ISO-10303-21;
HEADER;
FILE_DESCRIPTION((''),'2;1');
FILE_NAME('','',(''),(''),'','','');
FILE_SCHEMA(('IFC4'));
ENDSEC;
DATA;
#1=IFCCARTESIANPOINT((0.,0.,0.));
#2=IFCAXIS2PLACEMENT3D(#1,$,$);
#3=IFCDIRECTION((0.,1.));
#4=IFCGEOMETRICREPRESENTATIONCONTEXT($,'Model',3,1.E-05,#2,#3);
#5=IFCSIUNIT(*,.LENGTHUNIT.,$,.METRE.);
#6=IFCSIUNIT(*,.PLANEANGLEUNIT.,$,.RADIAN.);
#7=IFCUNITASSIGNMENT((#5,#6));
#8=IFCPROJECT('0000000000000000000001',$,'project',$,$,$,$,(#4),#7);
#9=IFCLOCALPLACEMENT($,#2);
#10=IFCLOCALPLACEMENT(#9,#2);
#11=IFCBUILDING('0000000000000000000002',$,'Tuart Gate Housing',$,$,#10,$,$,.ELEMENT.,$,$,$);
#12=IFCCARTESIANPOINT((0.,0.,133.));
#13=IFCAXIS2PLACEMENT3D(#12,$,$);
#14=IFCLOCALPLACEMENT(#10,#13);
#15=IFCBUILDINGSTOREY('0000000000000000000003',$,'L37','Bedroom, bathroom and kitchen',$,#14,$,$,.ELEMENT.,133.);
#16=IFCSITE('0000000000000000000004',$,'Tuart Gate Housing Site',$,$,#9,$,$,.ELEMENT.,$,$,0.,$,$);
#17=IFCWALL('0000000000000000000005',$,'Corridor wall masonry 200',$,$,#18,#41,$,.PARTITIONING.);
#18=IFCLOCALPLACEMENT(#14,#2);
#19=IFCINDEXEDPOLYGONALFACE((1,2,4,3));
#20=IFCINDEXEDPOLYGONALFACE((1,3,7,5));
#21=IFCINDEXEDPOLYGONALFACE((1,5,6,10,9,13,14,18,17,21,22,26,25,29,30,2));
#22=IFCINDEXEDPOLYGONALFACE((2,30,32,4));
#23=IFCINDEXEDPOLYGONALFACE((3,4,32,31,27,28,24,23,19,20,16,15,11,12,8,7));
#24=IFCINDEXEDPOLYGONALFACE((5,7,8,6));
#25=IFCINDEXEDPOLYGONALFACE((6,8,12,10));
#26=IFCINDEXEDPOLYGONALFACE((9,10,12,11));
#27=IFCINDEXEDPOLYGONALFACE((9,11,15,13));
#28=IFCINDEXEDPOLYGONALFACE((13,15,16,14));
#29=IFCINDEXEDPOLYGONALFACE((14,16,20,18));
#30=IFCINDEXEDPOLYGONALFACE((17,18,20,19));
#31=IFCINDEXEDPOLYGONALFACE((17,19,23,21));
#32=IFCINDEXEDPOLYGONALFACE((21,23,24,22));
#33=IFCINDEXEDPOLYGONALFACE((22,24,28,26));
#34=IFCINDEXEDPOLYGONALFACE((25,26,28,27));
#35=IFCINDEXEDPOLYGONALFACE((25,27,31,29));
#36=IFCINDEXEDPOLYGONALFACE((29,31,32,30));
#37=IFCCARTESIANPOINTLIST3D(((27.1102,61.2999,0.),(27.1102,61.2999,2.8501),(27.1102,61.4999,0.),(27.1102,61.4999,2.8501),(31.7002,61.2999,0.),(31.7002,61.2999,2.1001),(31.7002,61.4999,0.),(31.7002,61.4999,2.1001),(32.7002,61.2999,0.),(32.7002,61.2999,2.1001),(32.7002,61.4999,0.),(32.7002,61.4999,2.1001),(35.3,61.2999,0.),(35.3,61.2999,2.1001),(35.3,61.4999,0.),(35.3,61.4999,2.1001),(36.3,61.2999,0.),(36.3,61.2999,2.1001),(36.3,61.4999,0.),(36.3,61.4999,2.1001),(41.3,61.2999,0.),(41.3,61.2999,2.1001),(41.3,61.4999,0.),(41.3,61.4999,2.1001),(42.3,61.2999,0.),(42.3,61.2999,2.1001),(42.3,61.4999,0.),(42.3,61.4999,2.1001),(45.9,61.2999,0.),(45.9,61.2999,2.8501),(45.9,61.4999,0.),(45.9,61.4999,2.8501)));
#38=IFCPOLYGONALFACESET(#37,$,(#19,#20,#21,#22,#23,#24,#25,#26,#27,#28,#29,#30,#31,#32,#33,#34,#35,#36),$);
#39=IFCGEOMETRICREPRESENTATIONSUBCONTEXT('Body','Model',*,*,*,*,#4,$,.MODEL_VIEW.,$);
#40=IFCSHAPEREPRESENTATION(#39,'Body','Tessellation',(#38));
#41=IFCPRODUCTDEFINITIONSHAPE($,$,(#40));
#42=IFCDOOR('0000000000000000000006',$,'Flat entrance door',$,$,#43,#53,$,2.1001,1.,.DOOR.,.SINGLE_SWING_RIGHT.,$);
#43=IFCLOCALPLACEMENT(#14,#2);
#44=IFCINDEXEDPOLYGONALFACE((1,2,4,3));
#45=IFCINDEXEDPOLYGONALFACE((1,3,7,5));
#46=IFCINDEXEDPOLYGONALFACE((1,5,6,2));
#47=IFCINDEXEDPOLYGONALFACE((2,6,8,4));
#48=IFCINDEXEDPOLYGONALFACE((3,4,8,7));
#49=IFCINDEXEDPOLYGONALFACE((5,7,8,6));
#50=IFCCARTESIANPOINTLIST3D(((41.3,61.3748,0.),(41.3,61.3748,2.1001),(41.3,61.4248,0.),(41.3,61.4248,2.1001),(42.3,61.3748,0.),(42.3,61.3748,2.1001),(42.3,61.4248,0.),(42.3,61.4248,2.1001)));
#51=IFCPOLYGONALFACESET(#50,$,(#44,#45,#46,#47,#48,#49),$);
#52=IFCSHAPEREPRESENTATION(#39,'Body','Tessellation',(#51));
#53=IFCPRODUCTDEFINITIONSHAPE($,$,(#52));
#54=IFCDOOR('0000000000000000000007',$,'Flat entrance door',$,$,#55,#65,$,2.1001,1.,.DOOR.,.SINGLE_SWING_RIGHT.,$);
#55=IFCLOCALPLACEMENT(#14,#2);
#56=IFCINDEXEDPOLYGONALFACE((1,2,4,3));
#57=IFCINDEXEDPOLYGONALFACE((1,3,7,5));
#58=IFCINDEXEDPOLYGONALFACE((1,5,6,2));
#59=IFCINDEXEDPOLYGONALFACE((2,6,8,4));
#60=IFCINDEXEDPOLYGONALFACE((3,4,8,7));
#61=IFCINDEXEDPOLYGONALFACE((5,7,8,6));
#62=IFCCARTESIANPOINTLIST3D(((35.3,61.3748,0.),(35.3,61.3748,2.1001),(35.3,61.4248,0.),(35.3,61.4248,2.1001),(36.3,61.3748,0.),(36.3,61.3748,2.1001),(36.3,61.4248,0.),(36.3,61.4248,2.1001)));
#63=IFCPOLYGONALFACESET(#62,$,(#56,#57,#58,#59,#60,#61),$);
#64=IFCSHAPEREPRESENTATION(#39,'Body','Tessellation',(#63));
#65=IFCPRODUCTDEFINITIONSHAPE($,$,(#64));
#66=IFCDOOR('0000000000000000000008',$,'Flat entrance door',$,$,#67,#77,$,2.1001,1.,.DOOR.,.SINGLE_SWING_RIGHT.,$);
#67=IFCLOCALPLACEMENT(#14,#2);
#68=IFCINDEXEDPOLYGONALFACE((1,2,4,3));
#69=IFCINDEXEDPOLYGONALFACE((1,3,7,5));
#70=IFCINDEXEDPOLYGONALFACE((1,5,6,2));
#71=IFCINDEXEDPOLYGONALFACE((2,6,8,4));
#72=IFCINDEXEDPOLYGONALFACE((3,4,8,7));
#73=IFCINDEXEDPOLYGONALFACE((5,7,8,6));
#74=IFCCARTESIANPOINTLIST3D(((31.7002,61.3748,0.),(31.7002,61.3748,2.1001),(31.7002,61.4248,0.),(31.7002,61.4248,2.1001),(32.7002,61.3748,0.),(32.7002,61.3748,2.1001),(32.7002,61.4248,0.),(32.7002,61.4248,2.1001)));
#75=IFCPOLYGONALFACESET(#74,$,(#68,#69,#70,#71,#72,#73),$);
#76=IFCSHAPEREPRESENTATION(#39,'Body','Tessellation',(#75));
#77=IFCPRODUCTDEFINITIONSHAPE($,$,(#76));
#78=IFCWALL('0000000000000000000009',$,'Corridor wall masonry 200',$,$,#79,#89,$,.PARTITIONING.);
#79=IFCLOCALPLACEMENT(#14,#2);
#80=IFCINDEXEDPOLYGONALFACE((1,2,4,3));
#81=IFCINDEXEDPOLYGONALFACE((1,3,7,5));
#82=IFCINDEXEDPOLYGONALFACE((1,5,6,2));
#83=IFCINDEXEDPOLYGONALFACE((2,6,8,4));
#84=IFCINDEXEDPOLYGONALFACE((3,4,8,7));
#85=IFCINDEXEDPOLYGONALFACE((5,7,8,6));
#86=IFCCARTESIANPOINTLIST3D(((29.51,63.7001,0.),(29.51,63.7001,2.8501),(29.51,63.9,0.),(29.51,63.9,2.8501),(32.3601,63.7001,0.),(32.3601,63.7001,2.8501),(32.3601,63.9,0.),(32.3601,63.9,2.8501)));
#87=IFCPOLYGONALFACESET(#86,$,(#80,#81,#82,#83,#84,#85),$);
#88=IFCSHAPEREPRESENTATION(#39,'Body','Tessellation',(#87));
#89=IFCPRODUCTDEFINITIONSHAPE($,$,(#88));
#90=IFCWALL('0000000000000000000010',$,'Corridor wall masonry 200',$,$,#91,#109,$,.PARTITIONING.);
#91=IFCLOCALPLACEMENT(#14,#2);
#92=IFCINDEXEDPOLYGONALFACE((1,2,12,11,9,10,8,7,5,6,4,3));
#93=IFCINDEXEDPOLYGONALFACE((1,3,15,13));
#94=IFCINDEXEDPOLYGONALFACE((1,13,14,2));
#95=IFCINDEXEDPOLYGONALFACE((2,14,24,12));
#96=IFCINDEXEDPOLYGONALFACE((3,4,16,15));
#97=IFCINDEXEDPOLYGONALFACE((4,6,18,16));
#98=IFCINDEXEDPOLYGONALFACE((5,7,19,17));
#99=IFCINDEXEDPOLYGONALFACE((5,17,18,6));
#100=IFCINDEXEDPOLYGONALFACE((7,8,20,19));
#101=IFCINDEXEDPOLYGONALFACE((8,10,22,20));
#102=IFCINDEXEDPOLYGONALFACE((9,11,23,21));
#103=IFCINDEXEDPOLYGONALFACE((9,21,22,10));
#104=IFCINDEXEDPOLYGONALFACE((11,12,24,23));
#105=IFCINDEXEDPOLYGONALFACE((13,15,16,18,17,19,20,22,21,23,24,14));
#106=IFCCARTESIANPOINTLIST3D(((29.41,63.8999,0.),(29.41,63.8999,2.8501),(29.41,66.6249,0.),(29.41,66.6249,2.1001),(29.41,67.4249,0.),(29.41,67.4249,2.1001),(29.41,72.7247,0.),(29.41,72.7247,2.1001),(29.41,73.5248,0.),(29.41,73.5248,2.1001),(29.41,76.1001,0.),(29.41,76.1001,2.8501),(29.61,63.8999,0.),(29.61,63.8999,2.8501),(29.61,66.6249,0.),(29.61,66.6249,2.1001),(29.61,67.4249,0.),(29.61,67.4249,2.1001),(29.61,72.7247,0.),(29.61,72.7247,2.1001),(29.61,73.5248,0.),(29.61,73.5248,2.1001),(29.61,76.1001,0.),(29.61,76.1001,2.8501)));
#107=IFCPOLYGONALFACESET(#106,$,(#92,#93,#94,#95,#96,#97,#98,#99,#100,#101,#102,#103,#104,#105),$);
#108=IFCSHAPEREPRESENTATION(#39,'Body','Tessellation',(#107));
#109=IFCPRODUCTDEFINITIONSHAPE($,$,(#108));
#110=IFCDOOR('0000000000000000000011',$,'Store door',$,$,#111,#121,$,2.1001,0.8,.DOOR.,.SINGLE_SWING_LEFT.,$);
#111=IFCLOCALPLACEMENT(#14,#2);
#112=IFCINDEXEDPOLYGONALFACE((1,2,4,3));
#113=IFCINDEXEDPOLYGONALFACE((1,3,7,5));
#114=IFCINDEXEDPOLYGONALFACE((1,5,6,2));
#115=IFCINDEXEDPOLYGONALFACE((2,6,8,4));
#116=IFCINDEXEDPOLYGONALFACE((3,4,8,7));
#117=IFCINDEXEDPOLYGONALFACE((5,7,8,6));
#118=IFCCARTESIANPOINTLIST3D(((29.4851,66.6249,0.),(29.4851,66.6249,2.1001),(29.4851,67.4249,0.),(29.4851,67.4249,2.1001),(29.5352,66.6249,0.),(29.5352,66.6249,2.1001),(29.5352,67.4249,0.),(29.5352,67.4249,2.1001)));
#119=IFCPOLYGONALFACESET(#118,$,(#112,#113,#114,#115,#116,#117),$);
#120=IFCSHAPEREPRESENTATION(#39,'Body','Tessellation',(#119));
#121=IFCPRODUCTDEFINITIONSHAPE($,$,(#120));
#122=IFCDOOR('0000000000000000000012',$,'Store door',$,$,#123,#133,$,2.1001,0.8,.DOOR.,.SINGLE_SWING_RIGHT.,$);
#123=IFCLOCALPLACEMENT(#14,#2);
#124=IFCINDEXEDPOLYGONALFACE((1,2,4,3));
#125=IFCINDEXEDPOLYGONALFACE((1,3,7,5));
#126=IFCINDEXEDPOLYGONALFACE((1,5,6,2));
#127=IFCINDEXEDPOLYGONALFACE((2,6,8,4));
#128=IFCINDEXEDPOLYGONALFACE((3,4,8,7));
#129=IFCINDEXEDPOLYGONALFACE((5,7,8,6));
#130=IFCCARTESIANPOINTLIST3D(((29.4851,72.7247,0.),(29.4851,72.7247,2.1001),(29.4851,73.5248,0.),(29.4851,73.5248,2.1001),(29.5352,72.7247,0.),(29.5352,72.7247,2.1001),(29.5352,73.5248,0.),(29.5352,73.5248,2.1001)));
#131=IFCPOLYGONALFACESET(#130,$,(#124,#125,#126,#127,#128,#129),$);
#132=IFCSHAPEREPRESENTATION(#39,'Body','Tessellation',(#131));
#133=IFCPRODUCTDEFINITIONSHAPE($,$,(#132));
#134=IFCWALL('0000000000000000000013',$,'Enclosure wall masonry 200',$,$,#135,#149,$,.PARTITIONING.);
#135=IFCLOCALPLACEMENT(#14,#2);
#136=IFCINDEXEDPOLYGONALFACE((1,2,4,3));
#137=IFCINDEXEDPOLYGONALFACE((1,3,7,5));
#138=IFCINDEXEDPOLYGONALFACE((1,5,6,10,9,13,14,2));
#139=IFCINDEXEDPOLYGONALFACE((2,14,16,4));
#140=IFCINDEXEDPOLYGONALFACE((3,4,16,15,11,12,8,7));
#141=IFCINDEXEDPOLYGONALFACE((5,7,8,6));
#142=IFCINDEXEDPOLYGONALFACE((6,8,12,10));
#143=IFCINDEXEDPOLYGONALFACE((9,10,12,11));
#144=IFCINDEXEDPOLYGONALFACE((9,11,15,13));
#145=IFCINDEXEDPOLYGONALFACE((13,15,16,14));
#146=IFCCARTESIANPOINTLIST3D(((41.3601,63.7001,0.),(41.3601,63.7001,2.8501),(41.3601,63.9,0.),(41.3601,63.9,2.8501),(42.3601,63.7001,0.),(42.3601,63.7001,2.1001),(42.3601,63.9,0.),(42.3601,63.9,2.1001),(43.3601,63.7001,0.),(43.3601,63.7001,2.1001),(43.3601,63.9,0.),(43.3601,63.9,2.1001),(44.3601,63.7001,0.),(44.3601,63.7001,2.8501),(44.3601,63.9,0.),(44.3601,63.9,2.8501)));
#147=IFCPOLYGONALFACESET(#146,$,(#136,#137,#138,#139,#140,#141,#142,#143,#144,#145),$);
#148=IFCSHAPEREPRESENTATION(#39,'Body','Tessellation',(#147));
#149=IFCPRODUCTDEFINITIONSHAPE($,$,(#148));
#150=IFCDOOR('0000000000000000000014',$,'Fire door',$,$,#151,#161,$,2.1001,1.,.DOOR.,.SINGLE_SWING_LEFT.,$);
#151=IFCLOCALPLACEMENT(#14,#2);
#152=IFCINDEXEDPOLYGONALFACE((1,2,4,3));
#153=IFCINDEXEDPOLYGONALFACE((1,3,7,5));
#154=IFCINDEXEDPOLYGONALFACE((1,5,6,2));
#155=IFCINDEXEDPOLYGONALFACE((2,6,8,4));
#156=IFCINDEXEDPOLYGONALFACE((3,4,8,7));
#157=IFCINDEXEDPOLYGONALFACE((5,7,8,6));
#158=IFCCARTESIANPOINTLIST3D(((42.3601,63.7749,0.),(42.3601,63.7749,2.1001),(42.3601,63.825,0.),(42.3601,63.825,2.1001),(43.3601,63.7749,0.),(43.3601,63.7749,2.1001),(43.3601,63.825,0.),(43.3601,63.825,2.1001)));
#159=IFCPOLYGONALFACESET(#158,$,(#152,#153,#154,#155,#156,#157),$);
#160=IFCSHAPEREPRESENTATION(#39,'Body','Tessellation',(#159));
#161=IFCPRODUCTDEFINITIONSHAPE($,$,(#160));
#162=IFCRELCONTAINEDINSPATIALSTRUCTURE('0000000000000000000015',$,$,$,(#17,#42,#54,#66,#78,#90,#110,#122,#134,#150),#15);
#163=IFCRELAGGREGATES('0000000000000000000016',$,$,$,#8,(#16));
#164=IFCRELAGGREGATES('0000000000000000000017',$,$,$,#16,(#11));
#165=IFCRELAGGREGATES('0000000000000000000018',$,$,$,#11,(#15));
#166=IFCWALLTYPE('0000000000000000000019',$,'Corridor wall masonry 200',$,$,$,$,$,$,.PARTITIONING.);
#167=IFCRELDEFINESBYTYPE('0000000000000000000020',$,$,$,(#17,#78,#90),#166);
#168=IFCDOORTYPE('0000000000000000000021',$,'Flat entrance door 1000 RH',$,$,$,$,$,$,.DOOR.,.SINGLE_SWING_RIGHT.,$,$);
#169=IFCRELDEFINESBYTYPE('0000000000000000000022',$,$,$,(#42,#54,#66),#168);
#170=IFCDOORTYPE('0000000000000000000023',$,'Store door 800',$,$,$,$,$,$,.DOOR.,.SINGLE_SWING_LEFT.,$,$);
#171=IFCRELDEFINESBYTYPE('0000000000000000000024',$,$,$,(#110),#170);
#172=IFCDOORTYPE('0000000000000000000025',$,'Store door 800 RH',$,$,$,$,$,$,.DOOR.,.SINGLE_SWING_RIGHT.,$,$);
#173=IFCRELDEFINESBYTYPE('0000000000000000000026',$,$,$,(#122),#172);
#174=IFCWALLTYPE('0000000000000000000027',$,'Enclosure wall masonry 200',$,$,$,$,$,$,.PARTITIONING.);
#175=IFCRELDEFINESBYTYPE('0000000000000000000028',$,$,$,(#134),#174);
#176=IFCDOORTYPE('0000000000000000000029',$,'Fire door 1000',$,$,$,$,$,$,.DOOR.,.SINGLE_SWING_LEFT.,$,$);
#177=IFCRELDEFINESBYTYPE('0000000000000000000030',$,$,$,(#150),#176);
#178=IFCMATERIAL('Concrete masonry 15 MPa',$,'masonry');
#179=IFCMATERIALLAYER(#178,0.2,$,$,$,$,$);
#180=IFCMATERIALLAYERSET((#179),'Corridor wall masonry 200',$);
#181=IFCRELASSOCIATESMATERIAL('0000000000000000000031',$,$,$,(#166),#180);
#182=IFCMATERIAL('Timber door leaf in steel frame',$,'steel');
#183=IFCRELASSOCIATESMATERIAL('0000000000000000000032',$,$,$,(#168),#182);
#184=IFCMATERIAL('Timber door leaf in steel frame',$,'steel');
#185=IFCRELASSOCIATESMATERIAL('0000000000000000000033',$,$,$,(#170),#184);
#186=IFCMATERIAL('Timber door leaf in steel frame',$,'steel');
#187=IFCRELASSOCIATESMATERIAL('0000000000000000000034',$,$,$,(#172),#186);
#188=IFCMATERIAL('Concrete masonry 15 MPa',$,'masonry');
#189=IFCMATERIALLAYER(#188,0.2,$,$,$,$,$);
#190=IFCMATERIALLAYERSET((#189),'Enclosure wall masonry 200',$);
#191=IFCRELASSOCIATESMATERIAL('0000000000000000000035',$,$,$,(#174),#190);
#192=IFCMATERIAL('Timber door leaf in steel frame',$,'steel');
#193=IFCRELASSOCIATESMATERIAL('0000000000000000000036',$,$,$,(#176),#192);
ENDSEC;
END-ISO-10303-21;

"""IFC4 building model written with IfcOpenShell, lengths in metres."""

from ifc_helpers import new_model, si_unit, direction, frame, frame_2d, origin, place, context, subcontext, project, spatial, rectangle, extrude, material, layer, layer_set, type_object, element, fill, save


model = new_model("IFC4")

# Units and contexts
model_context = context("Model", 3, precision=1e-05, world=origin(), true_north=direction((0.0, 1.0)))
body_context = subcontext(model_context, "Body", "Model", "MODEL_VIEW")
ifc_project = project(units=[si_unit("LENGTHUNIT", "METRE"), si_unit("PLANEANGLEUNIT", "RADIAN")], contexts=[model_context])

# Site, building, storey
site_placement = place(None, origin())
site = spatial("IfcSite", under=ifc_project, at=site_placement, Name="Tuart Gate Housing Site", CompositionType="ELEMENT", RefElevation=0.0)
building_placement = place(site_placement, origin())
building = spatial("IfcBuilding", under=site, at=building_placement, Name="Tuart Gate Housing", CompositionType="ELEMENT")
storey_placement = place(building_placement, frame((0.0, 0.0, 133.0)))
storey = spatial("IfcBuildingStorey", under=building, at=storey_placement, Name="L37", Description="Bedroom, bathroom and kitchen", CompositionType="ELEMENT", Elevation=133.0)

# Wall, openings, doors
ifc_material_1 = material(Name="Concrete masonry 15 MPa", Category="masonry")
ifc_layer_1 = layer(ifc_material_1, 0.2)
ifc_layer_set_1 = layer_set([ifc_layer_1], Name="Corridor wall masonry 200")
wall_type_1 = type_object("IfcWallType", Name="Corridor wall masonry 200", PredefinedType="PARTITIONING", material=ifc_layer_set_1)
wall_1_placement = place(storey_placement, frame((27.1101, 61.3999, 0.0), z_axis=(0.0, 0.0, 1.0), x_axis=(1.0, 0.0, 0.0)))
wall_1 = element("IfcWall", 1, at=wall_1_placement, inside=storey, type_object=wall_type_1, Name="Corridor wall masonry 200", PredefinedType="PARTITIONING", context=body_context, shape_type="SweptSolid", body=[
    extrude(rectangle(XDim=18.7898, YDim=0.2, at=frame_2d((9.395, 0.0))), origin(), (0.0, 0.0, 1.0), 2.8501),
])
opening_1_placement = place(wall_1_placement, frame((14.1899, 0.0, 0.0)))
opening_1 = element("IfcOpeningElement", 2, at=opening_1_placement, cuts=wall_1, PredefinedType="OPENING", context=body_context, shape_type="SweptSolid", body=[
    extrude(rectangle(XDim=1.0, YDim=2.1001, at=frame_2d((0.5, 1.05))), frame((0.0, 0.1099, 0.0), z_axis=(0.0, -1.0, 0.0), x_axis=(1.0, 0.0, 0.0)), (0.0, 0.0, 1.0), 0.22),
])
opening_2_placement = place(wall_1_placement, frame((8.1899, 0.0, 0.0)))
opening_2 = element("IfcOpeningElement", 3, at=opening_2_placement, cuts=wall_1, PredefinedType="OPENING", context=body_context, shape_type="SweptSolid", body=[
    extrude(rectangle(XDim=1.0, YDim=2.1001, at=frame_2d((0.5, 1.05))), frame((0.0, 0.1099, 0.0), z_axis=(0.0, -1.0, 0.0), x_axis=(1.0, 0.0, 0.0)), (0.0, 0.0, 1.0), 0.22),
])
opening_3_placement = place(wall_1_placement, frame((4.5901, 0.0, 0.0)))
opening_3 = element("IfcOpeningElement", 4, at=opening_3_placement, cuts=wall_1, PredefinedType="OPENING", context=body_context, shape_type="SweptSolid", body=[
    extrude(rectangle(XDim=1.0, YDim=2.1001, at=frame_2d((0.5, 1.05))), frame((0.0, 0.1099, 0.0), z_axis=(0.0, -1.0, 0.0), x_axis=(1.0, 0.0, 0.0)), (0.0, 0.0, 1.0), 0.22),
])
ifc_material_2 = material(Name="Timber door leaf in steel frame", Category="steel")
door_type_1 = type_object("IfcDoorType", Name="Flat entrance door 1000 RH", OperationType="SINGLE_SWING_RIGHT", PredefinedType="DOOR", material=ifc_material_2)
door_1_placement = place(opening_1_placement, frame((1.0, 0.0, 0.0), z_axis=(0.0, 0.0, 1.0), x_axis=(-1.0, 0.0, 0.0)))
door_1 = element("IfcDoor", 5, at=door_1_placement, inside=storey, type_object=door_type_1, Name="Flat entrance door", OperationType="SINGLE_SWING_RIGHT", OverallHeight=2.1001, OverallWidth=1.0, PredefinedType="DOOR", context=body_context, shape_type="SweptSolid", body=[
    extrude(rectangle(XDim=1.0, YDim=2.1001, at=frame_2d((0.5, 1.05))), frame((0.0, 0.0251, 0.0), z_axis=(0.0, -1.0, 0.0), x_axis=(1.0, 0.0, 0.0)), (0.0, 0.0, 1.0), 0.05),
])
fill(opening_1, door_1)
door_2_placement = place(opening_2_placement, frame((1.0, 0.0, 0.0), z_axis=(0.0, 0.0, 1.0), x_axis=(-1.0, 0.0, 0.0)))
door_2 = element("IfcDoor", 6, at=door_2_placement, inside=storey, type_object=door_type_1, Name="Flat entrance door", OperationType="SINGLE_SWING_RIGHT", OverallHeight=2.1001, OverallWidth=1.0, PredefinedType="DOOR", context=body_context, shape_type="SweptSolid", body=[
    extrude(rectangle(XDim=1.0, YDim=2.1001, at=frame_2d((0.5, 1.05))), frame((0.0, 0.0251, 0.0), z_axis=(0.0, -1.0, 0.0), x_axis=(1.0, 0.0, 0.0)), (0.0, 0.0, 1.0), 0.05),
])
fill(opening_2, door_2)
door_3_placement = place(opening_3_placement, frame((1.0, 0.0, 0.0), z_axis=(0.0, 0.0, 1.0), x_axis=(-1.0, 0.0, 0.0)))
door_3 = element("IfcDoor", 7, at=door_3_placement, inside=storey, type_object=door_type_1, Name="Flat entrance door", OperationType="SINGLE_SWING_RIGHT", OverallHeight=2.1001, OverallWidth=1.0, PredefinedType="DOOR", context=body_context, shape_type="SweptSolid", body=[
    extrude(rectangle(XDim=1.0, YDim=2.1001, at=frame_2d((0.5, 1.05))), frame((0.0, 0.0251, 0.0), z_axis=(0.0, -1.0, 0.0), x_axis=(1.0, 0.0, 0.0)), (0.0, 0.0, 1.0), 0.05),
])
fill(opening_3, door_3)

# Wall
wall_2_placement = place(storey_placement, frame((29.51, 63.8, 0.0), z_axis=(0.0, 0.0, 1.0), x_axis=(1.0, 0.0, 0.0)))
element("IfcWall", 8, at=wall_2_placement, inside=storey, type_object=wall_type_1, Name="Corridor wall masonry 200", PredefinedType="PARTITIONING", context=body_context, shape_type="SweptSolid", body=[
    extrude(rectangle(XDim=2.8501, YDim=0.2, at=frame_2d((1.425, 0.0))), origin(), (0.0, 0.0, 1.0), 2.8501),
])

# Wall, openings, doors
wall_3_placement = place(storey_placement, frame((29.51, 63.8999, 0.0), z_axis=(0.0, 0.0, 1.0), x_axis=(0.0, 1.0, 0.0)))
wall_3 = element("IfcWall", 9, at=wall_3_placement, inside=storey, type_object=wall_type_1, Name="Corridor wall masonry 200", PredefinedType="PARTITIONING", context=body_context, shape_type="SweptSolid", body=[
    extrude(rectangle(XDim=12.2002, YDim=0.2, at=frame_2d((6.1001, 0.0))), origin(), (0.0, 0.0, 1.0), 2.8501),
])
opening_4_placement = place(wall_3_placement, frame((2.7251, 0.0, 0.0)))
opening_4 = element("IfcOpeningElement", 10, at=opening_4_placement, cuts=wall_3, PredefinedType="OPENING", context=body_context, shape_type="SweptSolid", body=[
    extrude(rectangle(XDim=0.8, YDim=2.1001, at=frame_2d((0.3999, 1.05))), frame((0.0, 0.1099, 0.0), z_axis=(0.0, -1.0, 0.0), x_axis=(1.0, 0.0, 0.0)), (0.0, 0.0, 1.0), 0.22),
])
opening_5_placement = place(wall_3_placement, frame((8.825, 0.0, 0.0)))
opening_5 = element("IfcOpeningElement", 11, at=opening_5_placement, cuts=wall_3, PredefinedType="OPENING", context=body_context, shape_type="SweptSolid", body=[
    extrude(rectangle(XDim=0.8, YDim=2.1001, at=frame_2d((0.3999, 1.05))), frame((0.0, 0.1099, 0.0), z_axis=(0.0, -1.0, 0.0), x_axis=(1.0, 0.0, 0.0)), (0.0, 0.0, 1.0), 0.22),
])
ifc_material_3 = material(Name="Timber door leaf in steel frame", Category="steel")
door_type_2 = type_object("IfcDoorType", Name="Store door 800", OperationType="SINGLE_SWING_LEFT", PredefinedType="DOOR", material=ifc_material_3)
door_4_placement = place(opening_4_placement, frame((0.8, 0.0, 0.0), z_axis=(0.0, 0.0, 1.0), x_axis=(-1.0, 0.0, 0.0)))
door_4 = element("IfcDoor", 12, at=door_4_placement, inside=storey, type_object=door_type_2, Name="Store door", OperationType="SINGLE_SWING_LEFT", OverallHeight=2.1001, OverallWidth=0.8, PredefinedType="DOOR", context=body_context, shape_type="SweptSolid", body=[
    extrude(rectangle(XDim=0.8, YDim=2.1001, at=frame_2d((0.4001, 1.05))), frame((0.0, 0.0251, 0.0), z_axis=(0.0, -1.0, 0.0), x_axis=(1.0, 0.0, 0.0)), (0.0, 0.0, 1.0), 0.05),
])
fill(opening_4, door_4)
ifc_material_4 = material(Name="Timber door leaf in steel frame", Category="steel")
door_type_3 = type_object("IfcDoorType", Name="Store door 800 RH", OperationType="SINGLE_SWING_RIGHT", PredefinedType="DOOR", material=ifc_material_4)
door_5_placement = place(opening_5_placement, frame((0.8, 0.0, 0.0), z_axis=(0.0, 0.0, 1.0), x_axis=(-1.0, 0.0, 0.0)))
door_5 = element("IfcDoor", 13, at=door_5_placement, inside=storey, type_object=door_type_3, Name="Store door", OperationType="SINGLE_SWING_RIGHT", OverallHeight=2.1001, OverallWidth=0.8, PredefinedType="DOOR", context=body_context, shape_type="SweptSolid", body=[
    extrude(rectangle(XDim=0.8, YDim=2.1001, at=frame_2d((0.4001, 1.05))), frame((0.0, 0.0251, 0.0), z_axis=(0.0, -1.0, 0.0), x_axis=(1.0, 0.0, 0.0)), (0.0, 0.0, 1.0), 0.05),
])
fill(opening_5, door_5)

# Wall, opening, door
ifc_material_5 = material(Name="Concrete masonry 15 MPa", Category="masonry")
ifc_layer_2 = layer(ifc_material_5, 0.2)
ifc_layer_set_2 = layer_set([ifc_layer_2], Name="Enclosure wall masonry 200")
wall_type_2 = type_object("IfcWallType", Name="Enclosure wall masonry 200", PredefinedType="PARTITIONING", material=ifc_layer_set_2)
wall_4_placement = place(storey_placement, frame((41.3601, 63.8, 0.0), z_axis=(0.0, 0.0, 1.0), x_axis=(1.0, 0.0, 0.0)))
wall_4 = element("IfcWall", 14, at=wall_4_placement, inside=storey, type_object=wall_type_2, Name="Enclosure wall masonry 200", PredefinedType="PARTITIONING", context=body_context, shape_type="SweptSolid", body=[
    extrude(rectangle(XDim=3.0, YDim=0.2, at=frame_2d((1.5, 0.0))), origin(), (0.0, 0.0, 1.0), 2.8501),
])
opening_6_placement = place(wall_4_placement, frame((1.0, 0.0, 0.0)))
opening_6 = element("IfcOpeningElement", 15, at=opening_6_placement, cuts=wall_4, PredefinedType="OPENING", context=body_context, shape_type="SweptSolid", body=[
    extrude(rectangle(XDim=1.0, YDim=2.1001, at=frame_2d((0.5, 1.05))), frame((0.0, 0.1099, 0.0), z_axis=(0.0, -1.0, 0.0), x_axis=(1.0, 0.0, 0.0)), (0.0, 0.0, 1.0), 0.22),
])
ifc_material_6 = material(Name="Timber door leaf in steel frame", Category="steel")
door_type_4 = type_object("IfcDoorType", Name="Fire door 1000", OperationType="SINGLE_SWING_LEFT", PredefinedType="DOOR", material=ifc_material_6)
door_6_placement = place(opening_6_placement, frame((1.0, 0.0, 0.0), z_axis=(0.0, 0.0, 1.0), x_axis=(-1.0, 0.0, 0.0)))
door_6 = element("IfcDoor", 16, at=door_6_placement, inside=storey, type_object=door_type_4, Name="Fire door", OperationType="SINGLE_SWING_LEFT", OverallHeight=2.1001, OverallWidth=1.0, PredefinedType="DOOR", context=body_context, shape_type="SweptSolid", body=[
    extrude(rectangle(XDim=1.0, YDim=2.1001, at=frame_2d((0.5, 1.05))), frame((0.0, 0.0251, 0.0), z_axis=(0.0, -1.0, 0.0), x_axis=(1.0, 0.0, 0.0)), (0.0, 0.0, 1.0), 0.05),
])
fill(opening_6, door_6)

save(model, "model.ifc")
